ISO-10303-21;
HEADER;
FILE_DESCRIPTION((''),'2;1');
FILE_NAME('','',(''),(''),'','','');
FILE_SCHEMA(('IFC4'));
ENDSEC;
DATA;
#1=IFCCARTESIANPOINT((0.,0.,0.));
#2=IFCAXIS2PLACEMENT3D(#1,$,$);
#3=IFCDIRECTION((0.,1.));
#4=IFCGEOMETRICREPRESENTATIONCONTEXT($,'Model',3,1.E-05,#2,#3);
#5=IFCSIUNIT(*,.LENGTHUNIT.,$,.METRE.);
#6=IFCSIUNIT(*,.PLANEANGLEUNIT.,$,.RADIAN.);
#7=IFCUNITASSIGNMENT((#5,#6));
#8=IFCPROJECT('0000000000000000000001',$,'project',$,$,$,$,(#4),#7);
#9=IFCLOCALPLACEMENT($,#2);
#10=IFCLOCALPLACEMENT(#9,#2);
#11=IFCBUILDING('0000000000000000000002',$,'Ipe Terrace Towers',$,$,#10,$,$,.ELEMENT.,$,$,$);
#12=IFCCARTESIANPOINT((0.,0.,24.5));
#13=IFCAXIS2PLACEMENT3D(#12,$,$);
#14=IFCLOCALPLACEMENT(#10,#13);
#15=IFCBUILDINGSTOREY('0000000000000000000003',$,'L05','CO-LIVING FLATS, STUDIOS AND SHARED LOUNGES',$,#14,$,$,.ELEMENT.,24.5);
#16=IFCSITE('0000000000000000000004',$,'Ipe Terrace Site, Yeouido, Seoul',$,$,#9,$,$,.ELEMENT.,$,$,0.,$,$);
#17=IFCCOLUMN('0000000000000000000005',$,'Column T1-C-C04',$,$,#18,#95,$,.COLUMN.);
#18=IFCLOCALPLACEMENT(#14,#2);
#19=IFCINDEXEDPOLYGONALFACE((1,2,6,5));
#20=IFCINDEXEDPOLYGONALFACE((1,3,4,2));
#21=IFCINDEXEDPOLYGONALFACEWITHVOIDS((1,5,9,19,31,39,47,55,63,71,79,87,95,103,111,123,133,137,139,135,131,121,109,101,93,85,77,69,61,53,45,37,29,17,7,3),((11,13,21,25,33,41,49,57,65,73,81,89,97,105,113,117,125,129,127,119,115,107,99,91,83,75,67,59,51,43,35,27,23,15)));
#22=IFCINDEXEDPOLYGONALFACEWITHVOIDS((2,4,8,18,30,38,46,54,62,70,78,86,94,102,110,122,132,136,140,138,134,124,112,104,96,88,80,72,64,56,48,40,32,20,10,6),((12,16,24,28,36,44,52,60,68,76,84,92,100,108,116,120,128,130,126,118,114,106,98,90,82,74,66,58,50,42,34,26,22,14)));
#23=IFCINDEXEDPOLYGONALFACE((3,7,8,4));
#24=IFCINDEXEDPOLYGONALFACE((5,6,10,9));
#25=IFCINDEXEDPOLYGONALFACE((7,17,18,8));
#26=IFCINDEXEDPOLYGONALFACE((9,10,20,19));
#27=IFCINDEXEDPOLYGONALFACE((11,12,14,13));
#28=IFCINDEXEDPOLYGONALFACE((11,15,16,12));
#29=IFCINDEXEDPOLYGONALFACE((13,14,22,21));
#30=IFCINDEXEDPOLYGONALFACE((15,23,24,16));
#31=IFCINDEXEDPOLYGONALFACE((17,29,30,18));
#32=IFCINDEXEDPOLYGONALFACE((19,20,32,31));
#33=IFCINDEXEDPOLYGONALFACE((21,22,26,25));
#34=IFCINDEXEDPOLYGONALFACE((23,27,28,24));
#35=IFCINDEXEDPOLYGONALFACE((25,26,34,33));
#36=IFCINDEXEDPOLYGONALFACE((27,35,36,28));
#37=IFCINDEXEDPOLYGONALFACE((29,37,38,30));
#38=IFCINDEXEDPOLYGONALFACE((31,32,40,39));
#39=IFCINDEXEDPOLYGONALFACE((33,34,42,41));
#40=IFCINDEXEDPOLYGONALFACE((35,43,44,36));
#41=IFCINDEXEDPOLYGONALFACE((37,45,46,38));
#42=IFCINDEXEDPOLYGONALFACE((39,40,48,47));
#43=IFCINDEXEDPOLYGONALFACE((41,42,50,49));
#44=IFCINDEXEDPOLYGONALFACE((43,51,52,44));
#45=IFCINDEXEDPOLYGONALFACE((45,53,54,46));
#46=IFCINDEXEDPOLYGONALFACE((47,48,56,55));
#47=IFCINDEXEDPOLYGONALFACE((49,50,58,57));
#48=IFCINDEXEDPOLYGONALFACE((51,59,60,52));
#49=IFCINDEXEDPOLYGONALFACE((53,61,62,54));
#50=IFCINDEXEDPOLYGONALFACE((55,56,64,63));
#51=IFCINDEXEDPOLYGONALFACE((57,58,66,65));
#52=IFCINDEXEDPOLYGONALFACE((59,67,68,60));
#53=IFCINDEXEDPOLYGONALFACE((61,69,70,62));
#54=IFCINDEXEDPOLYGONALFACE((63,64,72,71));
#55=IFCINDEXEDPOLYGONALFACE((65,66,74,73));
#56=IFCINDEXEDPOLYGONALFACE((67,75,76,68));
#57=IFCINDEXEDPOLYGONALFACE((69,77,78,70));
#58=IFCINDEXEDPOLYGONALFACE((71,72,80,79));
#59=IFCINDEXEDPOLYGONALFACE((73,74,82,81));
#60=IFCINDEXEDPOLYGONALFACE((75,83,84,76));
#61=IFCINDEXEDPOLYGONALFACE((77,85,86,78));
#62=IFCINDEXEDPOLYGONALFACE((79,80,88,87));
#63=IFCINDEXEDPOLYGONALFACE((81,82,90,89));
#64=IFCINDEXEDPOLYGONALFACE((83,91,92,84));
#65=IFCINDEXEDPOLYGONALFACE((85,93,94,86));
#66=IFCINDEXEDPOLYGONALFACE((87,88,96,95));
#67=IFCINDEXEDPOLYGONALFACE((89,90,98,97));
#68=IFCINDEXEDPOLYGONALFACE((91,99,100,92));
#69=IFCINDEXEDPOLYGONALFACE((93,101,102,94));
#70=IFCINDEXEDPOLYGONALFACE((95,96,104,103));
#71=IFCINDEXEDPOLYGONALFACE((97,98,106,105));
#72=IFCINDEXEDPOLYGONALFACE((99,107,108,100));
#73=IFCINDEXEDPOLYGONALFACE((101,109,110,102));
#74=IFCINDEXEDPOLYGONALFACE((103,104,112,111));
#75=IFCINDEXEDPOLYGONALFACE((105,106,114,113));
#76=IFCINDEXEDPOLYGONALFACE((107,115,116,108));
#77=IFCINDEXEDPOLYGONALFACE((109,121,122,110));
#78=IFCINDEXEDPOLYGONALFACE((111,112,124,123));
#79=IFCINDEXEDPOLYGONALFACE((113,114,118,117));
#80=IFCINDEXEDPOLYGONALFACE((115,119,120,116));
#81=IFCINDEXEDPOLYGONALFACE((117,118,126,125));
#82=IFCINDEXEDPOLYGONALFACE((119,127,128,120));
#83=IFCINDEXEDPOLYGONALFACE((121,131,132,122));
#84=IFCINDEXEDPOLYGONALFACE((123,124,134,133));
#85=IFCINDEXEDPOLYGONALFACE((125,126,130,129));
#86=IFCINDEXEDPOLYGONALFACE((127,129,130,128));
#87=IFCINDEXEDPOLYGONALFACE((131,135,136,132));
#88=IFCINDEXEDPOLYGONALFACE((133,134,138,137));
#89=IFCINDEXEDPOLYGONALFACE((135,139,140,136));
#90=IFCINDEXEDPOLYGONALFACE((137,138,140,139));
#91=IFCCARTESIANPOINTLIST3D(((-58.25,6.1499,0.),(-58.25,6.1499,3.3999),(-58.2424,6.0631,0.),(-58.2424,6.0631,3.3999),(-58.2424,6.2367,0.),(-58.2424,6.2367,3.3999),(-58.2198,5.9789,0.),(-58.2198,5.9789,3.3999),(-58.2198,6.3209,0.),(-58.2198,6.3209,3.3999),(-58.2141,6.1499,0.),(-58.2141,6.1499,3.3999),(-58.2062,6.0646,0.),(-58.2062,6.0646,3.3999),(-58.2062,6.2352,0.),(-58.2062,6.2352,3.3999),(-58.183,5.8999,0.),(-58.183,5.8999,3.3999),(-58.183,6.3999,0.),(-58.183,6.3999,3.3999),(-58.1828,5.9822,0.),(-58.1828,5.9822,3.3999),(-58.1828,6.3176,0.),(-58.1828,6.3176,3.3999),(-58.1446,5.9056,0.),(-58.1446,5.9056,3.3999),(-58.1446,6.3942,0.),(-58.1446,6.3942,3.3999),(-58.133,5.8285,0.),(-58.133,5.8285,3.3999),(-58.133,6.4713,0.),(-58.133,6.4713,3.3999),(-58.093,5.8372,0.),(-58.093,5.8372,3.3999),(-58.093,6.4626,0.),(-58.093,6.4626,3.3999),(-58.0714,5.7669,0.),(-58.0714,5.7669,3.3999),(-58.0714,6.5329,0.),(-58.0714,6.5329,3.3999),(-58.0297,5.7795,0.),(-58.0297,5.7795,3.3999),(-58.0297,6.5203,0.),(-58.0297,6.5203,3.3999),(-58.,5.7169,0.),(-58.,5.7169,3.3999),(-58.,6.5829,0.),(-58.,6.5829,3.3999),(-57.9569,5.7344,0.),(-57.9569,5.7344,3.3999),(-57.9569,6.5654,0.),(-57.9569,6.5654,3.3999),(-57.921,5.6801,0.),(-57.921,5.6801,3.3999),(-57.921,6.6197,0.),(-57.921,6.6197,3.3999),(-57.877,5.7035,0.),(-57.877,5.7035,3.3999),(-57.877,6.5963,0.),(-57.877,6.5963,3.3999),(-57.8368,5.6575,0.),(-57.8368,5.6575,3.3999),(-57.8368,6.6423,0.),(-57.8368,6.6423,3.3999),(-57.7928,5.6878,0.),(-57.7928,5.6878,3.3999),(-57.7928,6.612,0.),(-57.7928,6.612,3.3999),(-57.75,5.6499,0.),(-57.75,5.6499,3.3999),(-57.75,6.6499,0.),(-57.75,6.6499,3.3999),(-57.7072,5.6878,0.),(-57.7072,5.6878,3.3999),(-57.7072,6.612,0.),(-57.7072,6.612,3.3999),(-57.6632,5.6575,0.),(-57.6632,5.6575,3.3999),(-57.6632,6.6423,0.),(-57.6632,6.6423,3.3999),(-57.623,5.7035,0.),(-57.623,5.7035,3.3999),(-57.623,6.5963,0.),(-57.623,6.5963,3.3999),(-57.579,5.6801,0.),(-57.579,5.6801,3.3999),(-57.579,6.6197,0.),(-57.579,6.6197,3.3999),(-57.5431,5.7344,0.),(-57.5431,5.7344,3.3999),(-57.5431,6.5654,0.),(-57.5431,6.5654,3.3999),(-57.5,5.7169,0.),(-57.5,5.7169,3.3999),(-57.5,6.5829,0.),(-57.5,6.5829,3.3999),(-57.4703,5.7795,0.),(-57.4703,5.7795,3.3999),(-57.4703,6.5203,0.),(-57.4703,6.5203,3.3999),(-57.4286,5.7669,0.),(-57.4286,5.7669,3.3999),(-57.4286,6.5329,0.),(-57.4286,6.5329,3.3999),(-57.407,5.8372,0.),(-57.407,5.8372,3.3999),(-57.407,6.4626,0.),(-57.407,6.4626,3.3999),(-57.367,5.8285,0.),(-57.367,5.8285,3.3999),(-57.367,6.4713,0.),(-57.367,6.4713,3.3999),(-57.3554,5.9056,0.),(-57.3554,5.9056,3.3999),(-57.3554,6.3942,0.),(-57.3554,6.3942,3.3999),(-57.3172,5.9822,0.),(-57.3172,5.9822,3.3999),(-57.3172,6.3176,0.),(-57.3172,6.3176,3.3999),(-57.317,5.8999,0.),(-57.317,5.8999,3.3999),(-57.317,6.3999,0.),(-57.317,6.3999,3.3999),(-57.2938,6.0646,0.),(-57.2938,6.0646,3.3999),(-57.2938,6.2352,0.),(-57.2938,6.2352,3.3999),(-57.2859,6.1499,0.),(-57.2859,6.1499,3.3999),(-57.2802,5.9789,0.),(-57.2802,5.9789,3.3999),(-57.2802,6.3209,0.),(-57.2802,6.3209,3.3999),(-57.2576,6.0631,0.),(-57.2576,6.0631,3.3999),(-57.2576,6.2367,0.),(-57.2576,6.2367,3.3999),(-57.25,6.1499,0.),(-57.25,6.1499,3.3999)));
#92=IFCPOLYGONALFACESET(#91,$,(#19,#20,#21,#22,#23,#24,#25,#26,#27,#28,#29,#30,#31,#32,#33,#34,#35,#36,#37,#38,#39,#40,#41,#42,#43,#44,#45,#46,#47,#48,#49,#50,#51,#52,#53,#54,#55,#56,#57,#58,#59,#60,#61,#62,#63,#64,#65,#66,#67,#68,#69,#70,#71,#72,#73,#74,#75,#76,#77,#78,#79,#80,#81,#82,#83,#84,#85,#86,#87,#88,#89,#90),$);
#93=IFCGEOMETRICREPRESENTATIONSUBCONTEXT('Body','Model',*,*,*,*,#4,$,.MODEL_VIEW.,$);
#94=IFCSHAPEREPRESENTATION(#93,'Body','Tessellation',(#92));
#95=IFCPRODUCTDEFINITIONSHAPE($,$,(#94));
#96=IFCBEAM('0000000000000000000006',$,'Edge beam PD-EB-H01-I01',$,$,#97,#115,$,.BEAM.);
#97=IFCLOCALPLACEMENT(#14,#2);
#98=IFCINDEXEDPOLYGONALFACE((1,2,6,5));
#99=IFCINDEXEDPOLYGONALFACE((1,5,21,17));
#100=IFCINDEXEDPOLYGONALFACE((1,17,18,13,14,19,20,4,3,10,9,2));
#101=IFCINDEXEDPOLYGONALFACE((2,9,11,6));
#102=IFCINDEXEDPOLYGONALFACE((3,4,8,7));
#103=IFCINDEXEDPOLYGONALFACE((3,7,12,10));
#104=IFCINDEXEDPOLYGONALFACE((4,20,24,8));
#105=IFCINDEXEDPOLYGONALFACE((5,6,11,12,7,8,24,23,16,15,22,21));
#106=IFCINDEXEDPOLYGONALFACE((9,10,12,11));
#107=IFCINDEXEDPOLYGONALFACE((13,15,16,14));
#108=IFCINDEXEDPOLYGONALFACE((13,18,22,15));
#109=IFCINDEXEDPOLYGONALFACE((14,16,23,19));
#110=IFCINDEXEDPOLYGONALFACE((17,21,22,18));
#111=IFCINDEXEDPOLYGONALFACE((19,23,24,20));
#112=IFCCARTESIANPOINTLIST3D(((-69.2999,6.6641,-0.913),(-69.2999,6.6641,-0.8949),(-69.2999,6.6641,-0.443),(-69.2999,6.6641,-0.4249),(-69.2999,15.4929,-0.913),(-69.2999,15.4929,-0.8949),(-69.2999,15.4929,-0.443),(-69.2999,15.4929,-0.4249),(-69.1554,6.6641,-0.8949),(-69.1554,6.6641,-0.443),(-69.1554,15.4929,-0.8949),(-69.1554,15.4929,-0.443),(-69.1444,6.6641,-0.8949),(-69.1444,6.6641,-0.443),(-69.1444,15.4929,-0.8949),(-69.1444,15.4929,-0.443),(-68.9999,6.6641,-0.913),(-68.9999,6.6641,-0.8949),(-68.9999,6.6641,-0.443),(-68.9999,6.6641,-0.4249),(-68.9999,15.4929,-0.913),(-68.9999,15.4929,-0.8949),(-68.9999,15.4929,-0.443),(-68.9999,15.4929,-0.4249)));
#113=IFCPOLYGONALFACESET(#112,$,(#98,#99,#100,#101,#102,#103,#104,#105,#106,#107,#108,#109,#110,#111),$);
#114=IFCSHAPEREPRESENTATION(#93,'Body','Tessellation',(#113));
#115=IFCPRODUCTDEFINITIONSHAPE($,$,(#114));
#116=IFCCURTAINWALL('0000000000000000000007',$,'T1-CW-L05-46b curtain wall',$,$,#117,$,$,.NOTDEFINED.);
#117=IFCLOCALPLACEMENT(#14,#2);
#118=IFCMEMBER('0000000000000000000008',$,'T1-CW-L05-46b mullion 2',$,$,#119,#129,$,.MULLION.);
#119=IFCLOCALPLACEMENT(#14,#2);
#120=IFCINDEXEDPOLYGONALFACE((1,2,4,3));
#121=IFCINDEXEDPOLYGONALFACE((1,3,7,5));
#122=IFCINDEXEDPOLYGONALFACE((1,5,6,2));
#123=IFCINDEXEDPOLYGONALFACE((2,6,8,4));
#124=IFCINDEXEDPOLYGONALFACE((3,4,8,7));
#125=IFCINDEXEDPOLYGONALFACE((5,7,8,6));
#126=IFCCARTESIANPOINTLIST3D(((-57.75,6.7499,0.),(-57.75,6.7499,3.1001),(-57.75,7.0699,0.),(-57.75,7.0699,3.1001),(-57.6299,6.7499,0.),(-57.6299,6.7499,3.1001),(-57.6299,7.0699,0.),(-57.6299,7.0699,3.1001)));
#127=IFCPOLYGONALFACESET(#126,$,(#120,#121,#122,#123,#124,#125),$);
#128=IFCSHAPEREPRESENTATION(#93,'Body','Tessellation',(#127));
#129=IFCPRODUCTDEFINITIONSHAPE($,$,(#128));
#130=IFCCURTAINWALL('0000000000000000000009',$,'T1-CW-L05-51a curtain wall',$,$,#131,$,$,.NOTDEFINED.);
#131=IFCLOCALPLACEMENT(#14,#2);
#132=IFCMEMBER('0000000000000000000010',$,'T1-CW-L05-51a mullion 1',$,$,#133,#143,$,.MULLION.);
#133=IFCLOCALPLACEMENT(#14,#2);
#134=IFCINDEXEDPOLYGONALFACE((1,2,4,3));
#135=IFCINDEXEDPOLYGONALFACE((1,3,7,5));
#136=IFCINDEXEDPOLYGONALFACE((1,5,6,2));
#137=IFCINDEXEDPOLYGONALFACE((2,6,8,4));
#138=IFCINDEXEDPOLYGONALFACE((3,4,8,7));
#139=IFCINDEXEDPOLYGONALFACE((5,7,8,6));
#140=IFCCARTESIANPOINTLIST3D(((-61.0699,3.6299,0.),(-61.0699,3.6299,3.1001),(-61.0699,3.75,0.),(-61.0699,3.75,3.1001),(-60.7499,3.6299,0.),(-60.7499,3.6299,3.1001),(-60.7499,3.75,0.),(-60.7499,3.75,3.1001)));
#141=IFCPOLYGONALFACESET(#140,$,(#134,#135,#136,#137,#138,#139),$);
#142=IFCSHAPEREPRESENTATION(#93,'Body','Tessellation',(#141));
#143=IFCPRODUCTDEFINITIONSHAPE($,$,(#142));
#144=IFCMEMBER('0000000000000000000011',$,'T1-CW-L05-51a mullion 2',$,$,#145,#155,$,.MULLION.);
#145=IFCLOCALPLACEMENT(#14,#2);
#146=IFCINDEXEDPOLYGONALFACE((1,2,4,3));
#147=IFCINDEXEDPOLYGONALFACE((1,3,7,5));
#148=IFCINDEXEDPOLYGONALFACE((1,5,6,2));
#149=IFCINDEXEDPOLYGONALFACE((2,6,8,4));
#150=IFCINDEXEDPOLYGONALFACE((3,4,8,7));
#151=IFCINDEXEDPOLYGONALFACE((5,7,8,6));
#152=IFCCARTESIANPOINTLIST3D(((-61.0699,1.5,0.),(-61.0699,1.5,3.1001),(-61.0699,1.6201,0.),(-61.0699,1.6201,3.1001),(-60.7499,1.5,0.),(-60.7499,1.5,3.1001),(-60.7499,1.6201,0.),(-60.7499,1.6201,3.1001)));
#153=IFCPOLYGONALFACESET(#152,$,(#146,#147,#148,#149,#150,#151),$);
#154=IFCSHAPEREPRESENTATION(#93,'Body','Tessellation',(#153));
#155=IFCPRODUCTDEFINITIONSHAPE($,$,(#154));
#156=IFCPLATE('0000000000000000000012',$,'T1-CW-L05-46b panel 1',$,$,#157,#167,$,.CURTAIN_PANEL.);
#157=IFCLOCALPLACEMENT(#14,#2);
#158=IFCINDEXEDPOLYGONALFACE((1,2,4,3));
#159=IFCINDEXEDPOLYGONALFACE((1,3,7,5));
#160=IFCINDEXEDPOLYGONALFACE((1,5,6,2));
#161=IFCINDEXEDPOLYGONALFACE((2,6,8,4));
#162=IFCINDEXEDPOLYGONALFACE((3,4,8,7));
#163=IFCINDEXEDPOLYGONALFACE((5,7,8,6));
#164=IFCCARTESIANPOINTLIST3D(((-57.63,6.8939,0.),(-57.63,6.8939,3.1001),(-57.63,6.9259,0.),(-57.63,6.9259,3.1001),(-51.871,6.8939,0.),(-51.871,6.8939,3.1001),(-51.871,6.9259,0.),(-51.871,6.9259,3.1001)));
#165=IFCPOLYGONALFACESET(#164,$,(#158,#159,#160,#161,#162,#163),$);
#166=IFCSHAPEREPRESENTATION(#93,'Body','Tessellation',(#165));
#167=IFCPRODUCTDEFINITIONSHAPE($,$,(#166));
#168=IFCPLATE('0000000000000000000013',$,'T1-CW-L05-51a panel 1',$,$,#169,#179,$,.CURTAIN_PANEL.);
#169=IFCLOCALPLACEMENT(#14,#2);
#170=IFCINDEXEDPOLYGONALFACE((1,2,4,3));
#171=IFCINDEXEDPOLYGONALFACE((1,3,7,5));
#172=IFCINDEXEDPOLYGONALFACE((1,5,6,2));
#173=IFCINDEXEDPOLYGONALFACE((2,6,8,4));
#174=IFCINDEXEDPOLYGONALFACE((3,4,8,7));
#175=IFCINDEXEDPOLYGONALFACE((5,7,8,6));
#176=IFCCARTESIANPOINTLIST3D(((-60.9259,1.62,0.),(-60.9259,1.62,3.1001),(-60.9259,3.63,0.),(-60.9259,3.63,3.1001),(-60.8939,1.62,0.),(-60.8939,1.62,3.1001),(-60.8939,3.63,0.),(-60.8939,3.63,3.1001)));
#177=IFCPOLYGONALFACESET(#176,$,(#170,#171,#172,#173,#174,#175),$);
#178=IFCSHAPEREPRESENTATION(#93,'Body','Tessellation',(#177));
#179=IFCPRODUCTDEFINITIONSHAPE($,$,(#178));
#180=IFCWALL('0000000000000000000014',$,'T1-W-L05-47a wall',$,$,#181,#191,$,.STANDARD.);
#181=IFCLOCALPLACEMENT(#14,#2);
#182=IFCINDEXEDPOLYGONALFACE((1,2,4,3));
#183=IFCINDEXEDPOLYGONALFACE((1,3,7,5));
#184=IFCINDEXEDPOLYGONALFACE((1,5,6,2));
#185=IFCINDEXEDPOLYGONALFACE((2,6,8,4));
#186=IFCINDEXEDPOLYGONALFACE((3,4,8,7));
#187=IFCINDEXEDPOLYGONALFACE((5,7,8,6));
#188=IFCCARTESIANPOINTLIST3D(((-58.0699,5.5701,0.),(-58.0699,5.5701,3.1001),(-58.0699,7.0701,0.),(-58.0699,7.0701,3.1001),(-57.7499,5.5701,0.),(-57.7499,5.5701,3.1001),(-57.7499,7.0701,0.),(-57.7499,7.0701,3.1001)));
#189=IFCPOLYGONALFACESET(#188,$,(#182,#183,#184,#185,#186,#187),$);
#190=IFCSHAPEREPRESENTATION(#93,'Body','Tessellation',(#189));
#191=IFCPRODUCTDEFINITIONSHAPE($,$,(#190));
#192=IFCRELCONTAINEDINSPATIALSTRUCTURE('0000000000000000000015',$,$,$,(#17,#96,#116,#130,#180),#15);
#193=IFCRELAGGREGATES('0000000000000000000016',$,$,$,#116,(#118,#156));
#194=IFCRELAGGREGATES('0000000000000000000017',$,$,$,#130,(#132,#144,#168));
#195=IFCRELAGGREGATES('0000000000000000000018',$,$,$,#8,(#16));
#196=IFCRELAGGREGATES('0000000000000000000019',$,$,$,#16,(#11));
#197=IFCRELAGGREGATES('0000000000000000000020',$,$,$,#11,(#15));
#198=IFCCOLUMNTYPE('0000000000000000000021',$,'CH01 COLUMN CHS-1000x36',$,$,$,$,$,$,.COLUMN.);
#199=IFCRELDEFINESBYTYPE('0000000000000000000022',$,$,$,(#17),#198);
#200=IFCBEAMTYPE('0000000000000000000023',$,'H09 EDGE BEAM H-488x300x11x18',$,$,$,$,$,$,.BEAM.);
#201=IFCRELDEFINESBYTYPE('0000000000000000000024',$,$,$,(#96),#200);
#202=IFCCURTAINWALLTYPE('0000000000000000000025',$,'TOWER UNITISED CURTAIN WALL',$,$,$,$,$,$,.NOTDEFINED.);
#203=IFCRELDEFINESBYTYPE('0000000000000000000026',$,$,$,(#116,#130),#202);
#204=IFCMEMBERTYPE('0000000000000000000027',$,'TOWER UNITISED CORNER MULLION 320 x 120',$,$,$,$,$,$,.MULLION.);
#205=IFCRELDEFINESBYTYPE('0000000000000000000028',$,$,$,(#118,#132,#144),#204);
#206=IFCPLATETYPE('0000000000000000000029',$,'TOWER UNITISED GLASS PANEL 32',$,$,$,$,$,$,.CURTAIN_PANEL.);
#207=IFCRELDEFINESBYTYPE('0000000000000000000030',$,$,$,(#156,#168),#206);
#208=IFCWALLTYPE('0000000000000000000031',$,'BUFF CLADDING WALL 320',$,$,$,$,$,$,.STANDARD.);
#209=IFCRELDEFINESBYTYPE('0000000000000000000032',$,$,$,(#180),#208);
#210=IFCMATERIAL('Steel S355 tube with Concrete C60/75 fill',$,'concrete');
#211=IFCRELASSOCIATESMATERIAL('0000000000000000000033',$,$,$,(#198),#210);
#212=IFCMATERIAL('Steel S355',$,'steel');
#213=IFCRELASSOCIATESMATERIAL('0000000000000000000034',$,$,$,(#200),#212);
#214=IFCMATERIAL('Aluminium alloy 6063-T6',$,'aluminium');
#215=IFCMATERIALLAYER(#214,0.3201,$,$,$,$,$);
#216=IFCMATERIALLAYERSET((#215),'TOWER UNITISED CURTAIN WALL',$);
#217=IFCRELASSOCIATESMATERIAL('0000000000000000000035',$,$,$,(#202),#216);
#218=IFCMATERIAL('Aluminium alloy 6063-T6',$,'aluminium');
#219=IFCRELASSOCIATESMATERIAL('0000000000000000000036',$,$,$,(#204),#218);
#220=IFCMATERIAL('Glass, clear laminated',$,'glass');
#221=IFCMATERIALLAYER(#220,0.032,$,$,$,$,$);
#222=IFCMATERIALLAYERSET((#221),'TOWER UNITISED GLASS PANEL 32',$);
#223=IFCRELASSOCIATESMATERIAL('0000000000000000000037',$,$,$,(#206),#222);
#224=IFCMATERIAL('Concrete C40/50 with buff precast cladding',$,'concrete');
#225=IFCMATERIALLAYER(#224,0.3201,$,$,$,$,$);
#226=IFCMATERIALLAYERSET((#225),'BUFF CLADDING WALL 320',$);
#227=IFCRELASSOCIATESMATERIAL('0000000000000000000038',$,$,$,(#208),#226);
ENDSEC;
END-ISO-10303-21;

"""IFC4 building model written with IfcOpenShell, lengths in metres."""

from ifc_helpers import new_model, si_unit, direction, frame, frame_2d, origin, origin_2d, place, context, subcontext, project, spatial, rectangle, hollow_circle, i_section, extrude, material, layer, layer_set, material_profile, profile_set, type_object, element, aggregate, save


model = new_model("IFC4")

# Units and contexts
model_context = context("Model", 3, precision=1e-05, world=origin(), true_north=direction((0.0, 1.0)))
body_context = subcontext(model_context, "Body", "Model", "MODEL_VIEW")
ifc_project = project(units=[si_unit("LENGTHUNIT", "METRE"), si_unit("PLANEANGLEUNIT", "RADIAN")], contexts=[model_context])

# Site, building, storey
site_placement = place(None, origin())
site = spatial("IfcSite", under=ifc_project, at=site_placement, Name="Ipe Terrace Site, Yeouido, Seoul", CompositionType="ELEMENT", RefElevation=0.0)
building_placement = place(site_placement, origin())
building = spatial("IfcBuilding", under=site, at=building_placement, Name="Ipe Terrace Towers", CompositionType="ELEMENT")
storey_placement = place(building_placement, frame((0.0, 0.0, 24.5)))
storey = spatial("IfcBuildingStorey", under=building, at=storey_placement, Name="L05", Description="CO-LIVING FLATS, STUDIOS AND SHARED LOUNGES", CompositionType="ELEMENT", Elevation=24.5)

# Column
ifc_material_1 = material(Name="Steel S355 tube with Concrete C60/75 fill", Category="concrete")
ifc_material_profile_1 = material_profile(ifc_material_1, hollow_circle(Radius=0.5, WallThickness=0.0359, at=origin_2d()), Name="CHS-1000x36")
ifc_profile_set_1 = profile_set([ifc_material_profile_1], Name="Steel S355 tube with Concrete C60/75 fill")
column_type = type_object("IfcColumnType", Name="CH01 COLUMN CHS-1000x36", PredefinedType="COLUMN", material=ifc_profile_set_1)
column_placement = place(storey_placement, frame((-57.75, 6.1499, 0.0), z_axis=(0.0, 0.0, 1.0), x_axis=(1.0, 0.0, 0.0)))
element("IfcColumn", 1, at=column_placement, inside=storey, type_object=column_type, Name="Column T1-C-C04", PredefinedType="COLUMN", context=body_context, shape_type="SweptSolid", body=[
    extrude(hollow_circle(Radius=0.5, WallThickness=0.0359, at=origin_2d()), origin(), (0.0, 0.0, 1.0), 3.3999),
])

# Beam
ifc_material_2 = material(Name="Steel S355", Category="steel")
ifc_material_profile_2 = material_profile(ifc_material_2, i_section(OverallWidth=0.3, OverallDepth=0.488, WebThickness=0.011, FlangeThickness=0.0181, at=origin_2d()), Name="H-488x300x11x18")
ifc_profile_set_2 = profile_set([ifc_material_profile_2], Name="Steel S355")
beam_type = type_object("IfcBeamType", Name="H09 EDGE BEAM H-488x300x11x18", PredefinedType="BEAM", material=ifc_profile_set_2)
beam_placement = place(storey_placement, frame((-69.1499, 6.6641, -0.6689), z_axis=(0.0, 1.0, 0.0), x_axis=(-1.0, 0.0, 0.0)))
element("IfcBeam", 2, at=beam_placement, inside=storey, type_object=beam_type, Name="Edge beam PD-EB-H01-I01", PredefinedType="BEAM", context=body_context, shape_type="SweptSolid", body=[
    extrude(i_section(OverallWidth=0.3, OverallDepth=0.488, WebThickness=0.011, FlangeThickness=0.0181, at=origin_2d()), origin(), (0.0, 0.0, 1.0), 8.8289),
])

# Curtain wall, member
ifc_material_3 = material(Name="Aluminium alloy 6063-T6", Category="aluminium")
ifc_layer_1 = layer(ifc_material_3, 0.3201)
ifc_layer_set_1 = layer_set([ifc_layer_1], Name="TOWER UNITISED CURTAIN WALL")
curtain_wall_type = type_object("IfcCurtainWallType", Name="TOWER UNITISED CURTAIN WALL", PredefinedType="NOTDEFINED", material=ifc_layer_set_1)
curtain_wall_1_placement = place(storey_placement, origin())
curtain_wall_1 = element("IfcCurtainWall", 3, at=curtain_wall_1_placement, inside=storey, type_object=curtain_wall_type, Name="T1-CW-L05-46b curtain wall", PredefinedType="NOTDEFINED")
ifc_material_4 = material(Name="Aluminium alloy 6063-T6", Category="aluminium")
ifc_material_profile_3 = material_profile(ifc_material_4, rectangle(XDim=0.3201, YDim=0.1201, at=origin_2d()), Name="TOWER UNITISED CORNER MULLION 320 x 120")
ifc_profile_set_3 = profile_set([ifc_material_profile_3], Name="Aluminium alloy 6063-T6")
member_type = type_object("IfcMemberType", Name="TOWER UNITISED CORNER MULLION 320 x 120", PredefinedType="MULLION", material=ifc_profile_set_3)
member_1_placement = place(storey_placement, frame((-57.6899, 6.9099, 0.0), z_axis=(0.0, 0.0, 1.0), x_axis=(0.0, 1.0, 0.0)))
member_1 = element("IfcMember", 4, at=member_1_placement, type_object=member_type, Name="T1-CW-L05-46b mullion 2", PredefinedType="MULLION", context=body_context, shape_type="SweptSolid", body=[
    extrude(rectangle(XDim=0.3201, YDim=0.1201, at=origin_2d()), origin(), (0.0, 0.0, 1.0), 3.1001),
])

# Curtain wall, members
curtain_wall_2_placement = place(storey_placement, origin())
curtain_wall_2 = element("IfcCurtainWall", 5, at=curtain_wall_2_placement, inside=storey, type_object=curtain_wall_type, Name="T1-CW-L05-51a curtain wall", PredefinedType="NOTDEFINED")
member_2_placement = place(storey_placement, frame((-60.9099, 3.6899, 0.0), z_axis=(0.0, 0.0, 1.0), x_axis=(-1.0, 0.0, 0.0)))
member_2 = element("IfcMember", 6, at=member_2_placement, type_object=member_type, Name="T1-CW-L05-51a mullion 1", PredefinedType="MULLION", context=body_context, shape_type="SweptSolid", body=[
    extrude(rectangle(XDim=0.3201, YDim=0.1201, at=origin_2d()), origin(), (0.0, 0.0, 1.0), 3.1001),
])
member_3_placement = place(storey_placement, frame((-60.9099, 1.5601, 0.0), z_axis=(0.0, 0.0, 1.0), x_axis=(-1.0, 0.0, 0.0)))
member_3 = element("IfcMember", 7, at=member_3_placement, type_object=member_type, Name="T1-CW-L05-51a mullion 2", PredefinedType="MULLION", context=body_context, shape_type="SweptSolid", body=[
    extrude(rectangle(XDim=0.3201, YDim=0.1201, at=origin_2d()), origin(), (0.0, 0.0, 1.0), 3.1001),
])

# Plates
ifc_material_5 = material(Name="Glass, clear laminated", Category="glass")
ifc_layer_2 = layer(ifc_material_5, 0.032)
ifc_layer_set_2 = layer_set([ifc_layer_2], Name="TOWER UNITISED GLASS PANEL 32")
plate_type = type_object("IfcPlateType", Name="TOWER UNITISED GLASS PANEL 32", PredefinedType="CURTAIN_PANEL", material=ifc_layer_set_2)
plate_1_placement = place(storey_placement, frame((-54.7505, 6.9099, 0.0), z_axis=(0.0, 0.0, 1.0), x_axis=(-1.0, 0.0, 0.0)))
plate_1 = element("IfcPlate", 8, at=plate_1_placement, type_object=plate_type, Name="T1-CW-L05-46b panel 1", PredefinedType="CURTAIN_PANEL", context=body_context, shape_type="SweptSolid", body=[
    extrude(rectangle(XDim=5.759, YDim=0.032, at=origin_2d()), origin(), (0.0, 0.0, 1.0), 3.1001),
])
aggregate(curtain_wall_1, [member_1, plate_1])
plate_2_placement = place(storey_placement, frame((-60.9099, 2.625, 0.0), z_axis=(0.0, 0.0, 1.0), x_axis=(0.0, -1.0, 0.0)))
plate_2 = element("IfcPlate", 9, at=plate_2_placement, type_object=plate_type, Name="T1-CW-L05-51a panel 1", PredefinedType="CURTAIN_PANEL", context=body_context, shape_type="SweptSolid", body=[
    extrude(rectangle(XDim=2.01, YDim=0.032, at=origin_2d()), origin(), (0.0, 0.0, 1.0), 3.1001),
])
aggregate(curtain_wall_2, [member_2, member_3, plate_2])

# Wall
ifc_material_6 = material(Name="Concrete C40/50 with buff precast cladding", Category="concrete")
ifc_layer_3 = layer(ifc_material_6, 0.3201)
ifc_layer_set_3 = layer_set([ifc_layer_3], Name="BUFF CLADDING WALL 320")
wall_type_1 = type_object("IfcWallType", Name="BUFF CLADDING WALL 320", PredefinedType="STANDARD", material=ifc_layer_set_3)
wall_1_placement = place(storey_placement, frame((-57.9099, 7.0701, 0.0), z_axis=(0.0, 0.0, 1.0), x_axis=(0.0, -1.0, 0.0)))
element("IfcWall", 10, at=wall_1_placement, inside=storey, type_object=wall_type_1, Name="T1-W-L05-47a wall", PredefinedType="STANDARD", context=body_context, shape_type="SweptSolid", body=[
    extrude(rectangle(XDim=1.5, YDim=0.3201, at=frame_2d((0.75, 0.0))), origin(), (0.0, 0.0, 1.0), 3.1001),
])

save(model, "model.ifc")
